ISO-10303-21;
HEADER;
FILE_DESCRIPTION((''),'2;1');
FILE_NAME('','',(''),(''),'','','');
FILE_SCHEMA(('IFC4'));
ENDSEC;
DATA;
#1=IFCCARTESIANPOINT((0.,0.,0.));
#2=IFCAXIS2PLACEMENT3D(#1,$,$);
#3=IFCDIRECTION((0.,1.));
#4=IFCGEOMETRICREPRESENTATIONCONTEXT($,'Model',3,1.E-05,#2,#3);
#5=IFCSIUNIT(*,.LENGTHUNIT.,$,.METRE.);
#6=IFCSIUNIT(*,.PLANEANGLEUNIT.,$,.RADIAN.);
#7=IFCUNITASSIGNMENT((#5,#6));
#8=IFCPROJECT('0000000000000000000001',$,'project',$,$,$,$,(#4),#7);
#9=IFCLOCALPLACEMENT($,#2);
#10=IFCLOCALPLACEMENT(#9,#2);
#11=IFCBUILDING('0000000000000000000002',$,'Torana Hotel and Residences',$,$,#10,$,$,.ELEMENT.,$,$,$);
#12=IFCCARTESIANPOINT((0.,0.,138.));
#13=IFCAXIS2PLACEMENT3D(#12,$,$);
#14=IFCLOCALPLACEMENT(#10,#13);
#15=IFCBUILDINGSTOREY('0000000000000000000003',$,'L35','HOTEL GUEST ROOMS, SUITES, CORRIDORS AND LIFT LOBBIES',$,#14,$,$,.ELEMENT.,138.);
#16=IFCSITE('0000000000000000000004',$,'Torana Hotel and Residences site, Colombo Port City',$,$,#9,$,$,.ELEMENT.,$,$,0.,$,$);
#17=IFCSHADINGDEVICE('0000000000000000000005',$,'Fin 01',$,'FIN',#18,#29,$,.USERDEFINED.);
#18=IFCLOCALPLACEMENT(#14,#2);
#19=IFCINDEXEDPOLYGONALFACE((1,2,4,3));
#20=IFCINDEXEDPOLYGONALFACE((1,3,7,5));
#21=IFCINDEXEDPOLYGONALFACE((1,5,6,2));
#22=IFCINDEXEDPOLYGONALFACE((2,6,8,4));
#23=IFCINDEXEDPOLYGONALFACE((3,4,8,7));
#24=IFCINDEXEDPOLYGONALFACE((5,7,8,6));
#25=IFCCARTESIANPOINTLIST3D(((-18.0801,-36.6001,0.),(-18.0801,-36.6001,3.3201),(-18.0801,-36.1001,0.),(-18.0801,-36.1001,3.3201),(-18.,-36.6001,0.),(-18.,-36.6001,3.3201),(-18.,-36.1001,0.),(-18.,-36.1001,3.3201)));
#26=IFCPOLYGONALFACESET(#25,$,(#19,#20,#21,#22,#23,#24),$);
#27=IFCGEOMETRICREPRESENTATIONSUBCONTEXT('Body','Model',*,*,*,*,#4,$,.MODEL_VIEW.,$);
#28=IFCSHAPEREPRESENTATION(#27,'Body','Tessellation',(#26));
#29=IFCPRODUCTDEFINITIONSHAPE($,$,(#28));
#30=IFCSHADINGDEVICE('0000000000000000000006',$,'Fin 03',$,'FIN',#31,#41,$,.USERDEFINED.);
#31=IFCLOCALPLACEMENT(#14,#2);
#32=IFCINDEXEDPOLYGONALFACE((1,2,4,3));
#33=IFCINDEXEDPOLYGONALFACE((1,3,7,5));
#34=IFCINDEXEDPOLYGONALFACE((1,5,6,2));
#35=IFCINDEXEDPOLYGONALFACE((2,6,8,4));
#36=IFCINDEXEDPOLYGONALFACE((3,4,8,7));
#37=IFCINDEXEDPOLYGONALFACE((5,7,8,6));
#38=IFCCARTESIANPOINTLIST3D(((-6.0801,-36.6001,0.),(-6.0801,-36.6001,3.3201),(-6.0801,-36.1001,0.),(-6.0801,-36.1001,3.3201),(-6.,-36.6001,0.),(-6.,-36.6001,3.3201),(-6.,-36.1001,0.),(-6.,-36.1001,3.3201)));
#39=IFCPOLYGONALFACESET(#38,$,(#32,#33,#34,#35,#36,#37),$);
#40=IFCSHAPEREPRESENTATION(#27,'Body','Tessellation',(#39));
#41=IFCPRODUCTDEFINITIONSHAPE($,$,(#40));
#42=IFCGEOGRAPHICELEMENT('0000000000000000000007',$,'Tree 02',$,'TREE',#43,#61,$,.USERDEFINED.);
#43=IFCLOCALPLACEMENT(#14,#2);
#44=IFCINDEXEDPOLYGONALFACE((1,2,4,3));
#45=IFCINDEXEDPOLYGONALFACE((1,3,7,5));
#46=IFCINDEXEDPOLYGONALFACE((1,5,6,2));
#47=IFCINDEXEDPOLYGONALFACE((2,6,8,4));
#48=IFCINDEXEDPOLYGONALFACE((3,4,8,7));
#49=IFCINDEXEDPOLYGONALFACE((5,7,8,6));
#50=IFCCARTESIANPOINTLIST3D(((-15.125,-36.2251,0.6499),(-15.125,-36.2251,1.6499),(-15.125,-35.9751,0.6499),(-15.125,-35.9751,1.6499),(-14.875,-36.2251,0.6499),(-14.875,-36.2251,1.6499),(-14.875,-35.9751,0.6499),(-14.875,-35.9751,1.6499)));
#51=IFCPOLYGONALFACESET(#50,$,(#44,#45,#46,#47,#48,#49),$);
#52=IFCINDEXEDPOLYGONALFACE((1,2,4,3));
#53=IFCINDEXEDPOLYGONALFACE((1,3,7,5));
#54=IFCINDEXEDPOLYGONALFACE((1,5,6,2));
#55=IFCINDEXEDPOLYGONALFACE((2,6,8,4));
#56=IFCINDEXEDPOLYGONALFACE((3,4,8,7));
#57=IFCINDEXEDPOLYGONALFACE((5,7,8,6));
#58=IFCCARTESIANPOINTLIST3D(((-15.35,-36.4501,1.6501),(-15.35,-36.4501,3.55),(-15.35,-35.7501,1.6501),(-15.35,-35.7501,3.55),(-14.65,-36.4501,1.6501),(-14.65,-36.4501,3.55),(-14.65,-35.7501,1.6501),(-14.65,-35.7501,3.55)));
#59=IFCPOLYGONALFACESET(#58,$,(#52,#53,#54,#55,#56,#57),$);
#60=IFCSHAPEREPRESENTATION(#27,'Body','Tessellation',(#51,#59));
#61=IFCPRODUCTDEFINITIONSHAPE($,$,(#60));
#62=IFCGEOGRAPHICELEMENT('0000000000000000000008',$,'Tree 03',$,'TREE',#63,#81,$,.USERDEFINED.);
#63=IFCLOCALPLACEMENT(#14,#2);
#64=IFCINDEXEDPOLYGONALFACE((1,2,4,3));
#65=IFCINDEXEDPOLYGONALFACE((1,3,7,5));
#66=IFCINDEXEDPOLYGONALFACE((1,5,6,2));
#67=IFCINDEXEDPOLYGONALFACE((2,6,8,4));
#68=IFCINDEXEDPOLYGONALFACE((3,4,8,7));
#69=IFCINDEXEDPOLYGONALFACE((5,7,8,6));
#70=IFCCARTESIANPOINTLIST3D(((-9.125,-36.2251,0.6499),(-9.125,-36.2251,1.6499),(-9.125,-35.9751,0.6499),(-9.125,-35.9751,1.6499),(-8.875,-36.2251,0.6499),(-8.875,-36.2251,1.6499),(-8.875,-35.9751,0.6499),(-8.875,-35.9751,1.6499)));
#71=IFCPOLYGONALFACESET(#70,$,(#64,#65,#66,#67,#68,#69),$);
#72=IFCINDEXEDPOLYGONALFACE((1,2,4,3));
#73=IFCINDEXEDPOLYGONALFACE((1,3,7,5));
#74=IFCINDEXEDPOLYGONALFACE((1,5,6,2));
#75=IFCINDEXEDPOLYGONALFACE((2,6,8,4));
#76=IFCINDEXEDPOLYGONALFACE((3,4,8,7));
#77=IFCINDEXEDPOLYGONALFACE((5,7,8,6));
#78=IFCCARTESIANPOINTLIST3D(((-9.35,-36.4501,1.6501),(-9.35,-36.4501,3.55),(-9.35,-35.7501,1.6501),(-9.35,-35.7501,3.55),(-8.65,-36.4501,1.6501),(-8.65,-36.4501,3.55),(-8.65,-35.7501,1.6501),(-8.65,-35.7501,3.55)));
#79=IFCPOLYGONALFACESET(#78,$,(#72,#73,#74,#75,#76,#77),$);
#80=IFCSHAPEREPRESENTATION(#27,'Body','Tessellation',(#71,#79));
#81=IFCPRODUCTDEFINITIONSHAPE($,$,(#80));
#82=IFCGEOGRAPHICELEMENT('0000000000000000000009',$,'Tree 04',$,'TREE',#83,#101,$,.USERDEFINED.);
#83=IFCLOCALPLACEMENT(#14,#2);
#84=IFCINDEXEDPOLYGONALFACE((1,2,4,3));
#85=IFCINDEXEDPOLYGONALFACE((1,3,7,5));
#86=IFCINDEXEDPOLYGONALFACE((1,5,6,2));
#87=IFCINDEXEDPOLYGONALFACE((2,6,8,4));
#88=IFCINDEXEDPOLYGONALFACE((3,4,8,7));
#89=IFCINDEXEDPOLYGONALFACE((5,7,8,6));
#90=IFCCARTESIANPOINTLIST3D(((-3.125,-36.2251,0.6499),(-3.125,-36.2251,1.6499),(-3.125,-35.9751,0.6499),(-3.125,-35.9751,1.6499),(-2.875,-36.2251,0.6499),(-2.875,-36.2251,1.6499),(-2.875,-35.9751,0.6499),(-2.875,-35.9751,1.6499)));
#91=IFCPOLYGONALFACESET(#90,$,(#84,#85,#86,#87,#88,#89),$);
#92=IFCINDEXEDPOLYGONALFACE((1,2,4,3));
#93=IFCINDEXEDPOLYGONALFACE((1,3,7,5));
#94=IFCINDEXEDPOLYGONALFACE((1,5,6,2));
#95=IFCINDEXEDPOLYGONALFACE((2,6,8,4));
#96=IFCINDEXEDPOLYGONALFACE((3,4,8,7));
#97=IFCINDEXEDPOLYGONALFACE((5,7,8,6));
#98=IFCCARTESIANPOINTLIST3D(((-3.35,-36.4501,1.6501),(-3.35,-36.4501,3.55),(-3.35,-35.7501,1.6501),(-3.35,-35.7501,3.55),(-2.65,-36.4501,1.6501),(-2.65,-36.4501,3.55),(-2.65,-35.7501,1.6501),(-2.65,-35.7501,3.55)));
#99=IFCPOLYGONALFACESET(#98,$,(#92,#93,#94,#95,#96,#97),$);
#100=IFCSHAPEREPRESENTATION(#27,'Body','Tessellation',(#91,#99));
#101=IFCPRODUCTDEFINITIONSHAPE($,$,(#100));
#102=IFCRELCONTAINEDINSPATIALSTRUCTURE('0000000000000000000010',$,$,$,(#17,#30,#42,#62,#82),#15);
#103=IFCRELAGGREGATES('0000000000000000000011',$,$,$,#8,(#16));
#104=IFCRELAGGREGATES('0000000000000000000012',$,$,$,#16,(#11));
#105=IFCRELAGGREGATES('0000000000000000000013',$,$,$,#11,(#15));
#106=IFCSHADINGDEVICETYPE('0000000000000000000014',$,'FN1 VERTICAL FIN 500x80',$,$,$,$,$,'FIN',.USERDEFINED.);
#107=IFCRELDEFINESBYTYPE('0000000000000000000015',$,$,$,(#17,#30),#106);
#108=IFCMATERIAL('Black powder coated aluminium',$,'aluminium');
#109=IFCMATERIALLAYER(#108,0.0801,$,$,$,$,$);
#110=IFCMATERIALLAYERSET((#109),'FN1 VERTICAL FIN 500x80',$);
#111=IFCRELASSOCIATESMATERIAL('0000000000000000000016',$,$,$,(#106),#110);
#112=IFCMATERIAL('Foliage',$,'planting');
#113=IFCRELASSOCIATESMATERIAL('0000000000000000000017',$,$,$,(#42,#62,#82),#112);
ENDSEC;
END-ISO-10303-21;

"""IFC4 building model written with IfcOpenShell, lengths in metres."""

from ifc_helpers import new_model, si_unit, direction, frame, origin, origin_2d, place, context, subcontext, project, spatial, rectangle, extrude, material, layer, layer_set, type_object, element, save


model = new_model("IFC4")

# Units and contexts
model_context = context("Model", 3, precision=1e-05, world=origin(), true_north=direction((0.0, 1.0)))
body_context = subcontext(model_context, "Body", "Model", "MODEL_VIEW")
ifc_project = project(units=[si_unit("LENGTHUNIT", "METRE"), si_unit("PLANEANGLEUNIT", "RADIAN")], contexts=[model_context])

# Site, building, storey
site_placement = place(None, origin())
site = spatial("IfcSite", under=ifc_project, at=site_placement, Name="Torana Hotel and Residences site, Colombo Port City", CompositionType="ELEMENT", RefElevation=0.0)
building_placement = place(site_placement, origin())
building = spatial("IfcBuilding", under=site, at=building_placement, Name="Torana Hotel and Residences", CompositionType="ELEMENT")
storey_placement = place(building_placement, frame((0.0, 0.0, 138.0)))
storey = spatial("IfcBuildingStorey", under=building, at=storey_placement, Name="L35", Description="HOTEL GUEST ROOMS, SUITES, CORRIDORS AND LIFT LOBBIES", CompositionType="ELEMENT", Elevation=138.0)

# Shading devices
ifc_material_1 = material(Name="Black powder coated aluminium", Category="aluminium")
ifc_layer_1 = layer(ifc_material_1, 0.0801)
ifc_layer_set_1 = layer_set([ifc_layer_1], Name="FN1 VERTICAL FIN 500x80")
shading_device_type = type_object("IfcShadingDeviceType", Name="FN1 VERTICAL FIN 500x80", ElementType="FIN", PredefinedType="USERDEFINED", material=ifc_layer_set_1)
for number, where, z_axis, x_axis, name in (
    (1, (-18.04, -36.3501, 0.0), (0.0, 0.0, 1.0), (-1.0, 0.0, 0.0), "Fin 01"),
    (2, (-6.04, -36.3501, 0.0), (0.0, 0.0, 1.0), (-1.0, 0.0, 0.0), "Fin 03"),
):
    element("IfcShadingDevice", number, at=place(storey_placement, frame(where, z_axis=z_axis, x_axis=x_axis)), inside=storey, type_object=shading_device_type, Name=name, ObjectType="FIN", PredefinedType="USERDEFINED", context=body_context, shape_type="SweptSolid", body=[
        extrude(rectangle(XDim=0.0801, YDim=0.5, at=origin_2d()), origin(), (0.0, 0.0, 1.0), 3.3201),
    ])

# Geographic elements
ifc_material_2 = material(Name="Foliage", Category="planting")
for number, where, z_axis, x_axis, name in (
    (3, (-15.0, -36.1001, 0.6499), (0.0, 0.0, 1.0), (1.0, 0.0, 0.0), "Tree 02"),
    (4, (-9.0, -36.1001, 0.6499), (0.0, 0.0, 1.0), (1.0, 0.0, 0.0), "Tree 03"),
    (5, (-3.0, -36.1001, 0.6499), (0.0, 0.0, 1.0), (1.0, 0.0, 0.0), "Tree 04"),
):
    element("IfcGeographicElement", number, at=place(storey_placement, frame(where, z_axis=z_axis, x_axis=x_axis)), inside=storey, material=ifc_material_2, Name=name, ObjectType="TREE", PredefinedType="USERDEFINED", context=body_context, shape_type="SweptSolid", body=[
        extrude(rectangle(XDim=0.25, YDim=0.25, at=origin_2d()), origin(), (0.0, 0.0, 1.0), 1.0),
        extrude(rectangle(XDim=0.7, YDim=0.7, at=origin_2d()), frame((0.0, 0.0, 1.0002)), (0.0, 0.0, 1.0), 1.8999),
    ])

save(model, "model.ifc")
